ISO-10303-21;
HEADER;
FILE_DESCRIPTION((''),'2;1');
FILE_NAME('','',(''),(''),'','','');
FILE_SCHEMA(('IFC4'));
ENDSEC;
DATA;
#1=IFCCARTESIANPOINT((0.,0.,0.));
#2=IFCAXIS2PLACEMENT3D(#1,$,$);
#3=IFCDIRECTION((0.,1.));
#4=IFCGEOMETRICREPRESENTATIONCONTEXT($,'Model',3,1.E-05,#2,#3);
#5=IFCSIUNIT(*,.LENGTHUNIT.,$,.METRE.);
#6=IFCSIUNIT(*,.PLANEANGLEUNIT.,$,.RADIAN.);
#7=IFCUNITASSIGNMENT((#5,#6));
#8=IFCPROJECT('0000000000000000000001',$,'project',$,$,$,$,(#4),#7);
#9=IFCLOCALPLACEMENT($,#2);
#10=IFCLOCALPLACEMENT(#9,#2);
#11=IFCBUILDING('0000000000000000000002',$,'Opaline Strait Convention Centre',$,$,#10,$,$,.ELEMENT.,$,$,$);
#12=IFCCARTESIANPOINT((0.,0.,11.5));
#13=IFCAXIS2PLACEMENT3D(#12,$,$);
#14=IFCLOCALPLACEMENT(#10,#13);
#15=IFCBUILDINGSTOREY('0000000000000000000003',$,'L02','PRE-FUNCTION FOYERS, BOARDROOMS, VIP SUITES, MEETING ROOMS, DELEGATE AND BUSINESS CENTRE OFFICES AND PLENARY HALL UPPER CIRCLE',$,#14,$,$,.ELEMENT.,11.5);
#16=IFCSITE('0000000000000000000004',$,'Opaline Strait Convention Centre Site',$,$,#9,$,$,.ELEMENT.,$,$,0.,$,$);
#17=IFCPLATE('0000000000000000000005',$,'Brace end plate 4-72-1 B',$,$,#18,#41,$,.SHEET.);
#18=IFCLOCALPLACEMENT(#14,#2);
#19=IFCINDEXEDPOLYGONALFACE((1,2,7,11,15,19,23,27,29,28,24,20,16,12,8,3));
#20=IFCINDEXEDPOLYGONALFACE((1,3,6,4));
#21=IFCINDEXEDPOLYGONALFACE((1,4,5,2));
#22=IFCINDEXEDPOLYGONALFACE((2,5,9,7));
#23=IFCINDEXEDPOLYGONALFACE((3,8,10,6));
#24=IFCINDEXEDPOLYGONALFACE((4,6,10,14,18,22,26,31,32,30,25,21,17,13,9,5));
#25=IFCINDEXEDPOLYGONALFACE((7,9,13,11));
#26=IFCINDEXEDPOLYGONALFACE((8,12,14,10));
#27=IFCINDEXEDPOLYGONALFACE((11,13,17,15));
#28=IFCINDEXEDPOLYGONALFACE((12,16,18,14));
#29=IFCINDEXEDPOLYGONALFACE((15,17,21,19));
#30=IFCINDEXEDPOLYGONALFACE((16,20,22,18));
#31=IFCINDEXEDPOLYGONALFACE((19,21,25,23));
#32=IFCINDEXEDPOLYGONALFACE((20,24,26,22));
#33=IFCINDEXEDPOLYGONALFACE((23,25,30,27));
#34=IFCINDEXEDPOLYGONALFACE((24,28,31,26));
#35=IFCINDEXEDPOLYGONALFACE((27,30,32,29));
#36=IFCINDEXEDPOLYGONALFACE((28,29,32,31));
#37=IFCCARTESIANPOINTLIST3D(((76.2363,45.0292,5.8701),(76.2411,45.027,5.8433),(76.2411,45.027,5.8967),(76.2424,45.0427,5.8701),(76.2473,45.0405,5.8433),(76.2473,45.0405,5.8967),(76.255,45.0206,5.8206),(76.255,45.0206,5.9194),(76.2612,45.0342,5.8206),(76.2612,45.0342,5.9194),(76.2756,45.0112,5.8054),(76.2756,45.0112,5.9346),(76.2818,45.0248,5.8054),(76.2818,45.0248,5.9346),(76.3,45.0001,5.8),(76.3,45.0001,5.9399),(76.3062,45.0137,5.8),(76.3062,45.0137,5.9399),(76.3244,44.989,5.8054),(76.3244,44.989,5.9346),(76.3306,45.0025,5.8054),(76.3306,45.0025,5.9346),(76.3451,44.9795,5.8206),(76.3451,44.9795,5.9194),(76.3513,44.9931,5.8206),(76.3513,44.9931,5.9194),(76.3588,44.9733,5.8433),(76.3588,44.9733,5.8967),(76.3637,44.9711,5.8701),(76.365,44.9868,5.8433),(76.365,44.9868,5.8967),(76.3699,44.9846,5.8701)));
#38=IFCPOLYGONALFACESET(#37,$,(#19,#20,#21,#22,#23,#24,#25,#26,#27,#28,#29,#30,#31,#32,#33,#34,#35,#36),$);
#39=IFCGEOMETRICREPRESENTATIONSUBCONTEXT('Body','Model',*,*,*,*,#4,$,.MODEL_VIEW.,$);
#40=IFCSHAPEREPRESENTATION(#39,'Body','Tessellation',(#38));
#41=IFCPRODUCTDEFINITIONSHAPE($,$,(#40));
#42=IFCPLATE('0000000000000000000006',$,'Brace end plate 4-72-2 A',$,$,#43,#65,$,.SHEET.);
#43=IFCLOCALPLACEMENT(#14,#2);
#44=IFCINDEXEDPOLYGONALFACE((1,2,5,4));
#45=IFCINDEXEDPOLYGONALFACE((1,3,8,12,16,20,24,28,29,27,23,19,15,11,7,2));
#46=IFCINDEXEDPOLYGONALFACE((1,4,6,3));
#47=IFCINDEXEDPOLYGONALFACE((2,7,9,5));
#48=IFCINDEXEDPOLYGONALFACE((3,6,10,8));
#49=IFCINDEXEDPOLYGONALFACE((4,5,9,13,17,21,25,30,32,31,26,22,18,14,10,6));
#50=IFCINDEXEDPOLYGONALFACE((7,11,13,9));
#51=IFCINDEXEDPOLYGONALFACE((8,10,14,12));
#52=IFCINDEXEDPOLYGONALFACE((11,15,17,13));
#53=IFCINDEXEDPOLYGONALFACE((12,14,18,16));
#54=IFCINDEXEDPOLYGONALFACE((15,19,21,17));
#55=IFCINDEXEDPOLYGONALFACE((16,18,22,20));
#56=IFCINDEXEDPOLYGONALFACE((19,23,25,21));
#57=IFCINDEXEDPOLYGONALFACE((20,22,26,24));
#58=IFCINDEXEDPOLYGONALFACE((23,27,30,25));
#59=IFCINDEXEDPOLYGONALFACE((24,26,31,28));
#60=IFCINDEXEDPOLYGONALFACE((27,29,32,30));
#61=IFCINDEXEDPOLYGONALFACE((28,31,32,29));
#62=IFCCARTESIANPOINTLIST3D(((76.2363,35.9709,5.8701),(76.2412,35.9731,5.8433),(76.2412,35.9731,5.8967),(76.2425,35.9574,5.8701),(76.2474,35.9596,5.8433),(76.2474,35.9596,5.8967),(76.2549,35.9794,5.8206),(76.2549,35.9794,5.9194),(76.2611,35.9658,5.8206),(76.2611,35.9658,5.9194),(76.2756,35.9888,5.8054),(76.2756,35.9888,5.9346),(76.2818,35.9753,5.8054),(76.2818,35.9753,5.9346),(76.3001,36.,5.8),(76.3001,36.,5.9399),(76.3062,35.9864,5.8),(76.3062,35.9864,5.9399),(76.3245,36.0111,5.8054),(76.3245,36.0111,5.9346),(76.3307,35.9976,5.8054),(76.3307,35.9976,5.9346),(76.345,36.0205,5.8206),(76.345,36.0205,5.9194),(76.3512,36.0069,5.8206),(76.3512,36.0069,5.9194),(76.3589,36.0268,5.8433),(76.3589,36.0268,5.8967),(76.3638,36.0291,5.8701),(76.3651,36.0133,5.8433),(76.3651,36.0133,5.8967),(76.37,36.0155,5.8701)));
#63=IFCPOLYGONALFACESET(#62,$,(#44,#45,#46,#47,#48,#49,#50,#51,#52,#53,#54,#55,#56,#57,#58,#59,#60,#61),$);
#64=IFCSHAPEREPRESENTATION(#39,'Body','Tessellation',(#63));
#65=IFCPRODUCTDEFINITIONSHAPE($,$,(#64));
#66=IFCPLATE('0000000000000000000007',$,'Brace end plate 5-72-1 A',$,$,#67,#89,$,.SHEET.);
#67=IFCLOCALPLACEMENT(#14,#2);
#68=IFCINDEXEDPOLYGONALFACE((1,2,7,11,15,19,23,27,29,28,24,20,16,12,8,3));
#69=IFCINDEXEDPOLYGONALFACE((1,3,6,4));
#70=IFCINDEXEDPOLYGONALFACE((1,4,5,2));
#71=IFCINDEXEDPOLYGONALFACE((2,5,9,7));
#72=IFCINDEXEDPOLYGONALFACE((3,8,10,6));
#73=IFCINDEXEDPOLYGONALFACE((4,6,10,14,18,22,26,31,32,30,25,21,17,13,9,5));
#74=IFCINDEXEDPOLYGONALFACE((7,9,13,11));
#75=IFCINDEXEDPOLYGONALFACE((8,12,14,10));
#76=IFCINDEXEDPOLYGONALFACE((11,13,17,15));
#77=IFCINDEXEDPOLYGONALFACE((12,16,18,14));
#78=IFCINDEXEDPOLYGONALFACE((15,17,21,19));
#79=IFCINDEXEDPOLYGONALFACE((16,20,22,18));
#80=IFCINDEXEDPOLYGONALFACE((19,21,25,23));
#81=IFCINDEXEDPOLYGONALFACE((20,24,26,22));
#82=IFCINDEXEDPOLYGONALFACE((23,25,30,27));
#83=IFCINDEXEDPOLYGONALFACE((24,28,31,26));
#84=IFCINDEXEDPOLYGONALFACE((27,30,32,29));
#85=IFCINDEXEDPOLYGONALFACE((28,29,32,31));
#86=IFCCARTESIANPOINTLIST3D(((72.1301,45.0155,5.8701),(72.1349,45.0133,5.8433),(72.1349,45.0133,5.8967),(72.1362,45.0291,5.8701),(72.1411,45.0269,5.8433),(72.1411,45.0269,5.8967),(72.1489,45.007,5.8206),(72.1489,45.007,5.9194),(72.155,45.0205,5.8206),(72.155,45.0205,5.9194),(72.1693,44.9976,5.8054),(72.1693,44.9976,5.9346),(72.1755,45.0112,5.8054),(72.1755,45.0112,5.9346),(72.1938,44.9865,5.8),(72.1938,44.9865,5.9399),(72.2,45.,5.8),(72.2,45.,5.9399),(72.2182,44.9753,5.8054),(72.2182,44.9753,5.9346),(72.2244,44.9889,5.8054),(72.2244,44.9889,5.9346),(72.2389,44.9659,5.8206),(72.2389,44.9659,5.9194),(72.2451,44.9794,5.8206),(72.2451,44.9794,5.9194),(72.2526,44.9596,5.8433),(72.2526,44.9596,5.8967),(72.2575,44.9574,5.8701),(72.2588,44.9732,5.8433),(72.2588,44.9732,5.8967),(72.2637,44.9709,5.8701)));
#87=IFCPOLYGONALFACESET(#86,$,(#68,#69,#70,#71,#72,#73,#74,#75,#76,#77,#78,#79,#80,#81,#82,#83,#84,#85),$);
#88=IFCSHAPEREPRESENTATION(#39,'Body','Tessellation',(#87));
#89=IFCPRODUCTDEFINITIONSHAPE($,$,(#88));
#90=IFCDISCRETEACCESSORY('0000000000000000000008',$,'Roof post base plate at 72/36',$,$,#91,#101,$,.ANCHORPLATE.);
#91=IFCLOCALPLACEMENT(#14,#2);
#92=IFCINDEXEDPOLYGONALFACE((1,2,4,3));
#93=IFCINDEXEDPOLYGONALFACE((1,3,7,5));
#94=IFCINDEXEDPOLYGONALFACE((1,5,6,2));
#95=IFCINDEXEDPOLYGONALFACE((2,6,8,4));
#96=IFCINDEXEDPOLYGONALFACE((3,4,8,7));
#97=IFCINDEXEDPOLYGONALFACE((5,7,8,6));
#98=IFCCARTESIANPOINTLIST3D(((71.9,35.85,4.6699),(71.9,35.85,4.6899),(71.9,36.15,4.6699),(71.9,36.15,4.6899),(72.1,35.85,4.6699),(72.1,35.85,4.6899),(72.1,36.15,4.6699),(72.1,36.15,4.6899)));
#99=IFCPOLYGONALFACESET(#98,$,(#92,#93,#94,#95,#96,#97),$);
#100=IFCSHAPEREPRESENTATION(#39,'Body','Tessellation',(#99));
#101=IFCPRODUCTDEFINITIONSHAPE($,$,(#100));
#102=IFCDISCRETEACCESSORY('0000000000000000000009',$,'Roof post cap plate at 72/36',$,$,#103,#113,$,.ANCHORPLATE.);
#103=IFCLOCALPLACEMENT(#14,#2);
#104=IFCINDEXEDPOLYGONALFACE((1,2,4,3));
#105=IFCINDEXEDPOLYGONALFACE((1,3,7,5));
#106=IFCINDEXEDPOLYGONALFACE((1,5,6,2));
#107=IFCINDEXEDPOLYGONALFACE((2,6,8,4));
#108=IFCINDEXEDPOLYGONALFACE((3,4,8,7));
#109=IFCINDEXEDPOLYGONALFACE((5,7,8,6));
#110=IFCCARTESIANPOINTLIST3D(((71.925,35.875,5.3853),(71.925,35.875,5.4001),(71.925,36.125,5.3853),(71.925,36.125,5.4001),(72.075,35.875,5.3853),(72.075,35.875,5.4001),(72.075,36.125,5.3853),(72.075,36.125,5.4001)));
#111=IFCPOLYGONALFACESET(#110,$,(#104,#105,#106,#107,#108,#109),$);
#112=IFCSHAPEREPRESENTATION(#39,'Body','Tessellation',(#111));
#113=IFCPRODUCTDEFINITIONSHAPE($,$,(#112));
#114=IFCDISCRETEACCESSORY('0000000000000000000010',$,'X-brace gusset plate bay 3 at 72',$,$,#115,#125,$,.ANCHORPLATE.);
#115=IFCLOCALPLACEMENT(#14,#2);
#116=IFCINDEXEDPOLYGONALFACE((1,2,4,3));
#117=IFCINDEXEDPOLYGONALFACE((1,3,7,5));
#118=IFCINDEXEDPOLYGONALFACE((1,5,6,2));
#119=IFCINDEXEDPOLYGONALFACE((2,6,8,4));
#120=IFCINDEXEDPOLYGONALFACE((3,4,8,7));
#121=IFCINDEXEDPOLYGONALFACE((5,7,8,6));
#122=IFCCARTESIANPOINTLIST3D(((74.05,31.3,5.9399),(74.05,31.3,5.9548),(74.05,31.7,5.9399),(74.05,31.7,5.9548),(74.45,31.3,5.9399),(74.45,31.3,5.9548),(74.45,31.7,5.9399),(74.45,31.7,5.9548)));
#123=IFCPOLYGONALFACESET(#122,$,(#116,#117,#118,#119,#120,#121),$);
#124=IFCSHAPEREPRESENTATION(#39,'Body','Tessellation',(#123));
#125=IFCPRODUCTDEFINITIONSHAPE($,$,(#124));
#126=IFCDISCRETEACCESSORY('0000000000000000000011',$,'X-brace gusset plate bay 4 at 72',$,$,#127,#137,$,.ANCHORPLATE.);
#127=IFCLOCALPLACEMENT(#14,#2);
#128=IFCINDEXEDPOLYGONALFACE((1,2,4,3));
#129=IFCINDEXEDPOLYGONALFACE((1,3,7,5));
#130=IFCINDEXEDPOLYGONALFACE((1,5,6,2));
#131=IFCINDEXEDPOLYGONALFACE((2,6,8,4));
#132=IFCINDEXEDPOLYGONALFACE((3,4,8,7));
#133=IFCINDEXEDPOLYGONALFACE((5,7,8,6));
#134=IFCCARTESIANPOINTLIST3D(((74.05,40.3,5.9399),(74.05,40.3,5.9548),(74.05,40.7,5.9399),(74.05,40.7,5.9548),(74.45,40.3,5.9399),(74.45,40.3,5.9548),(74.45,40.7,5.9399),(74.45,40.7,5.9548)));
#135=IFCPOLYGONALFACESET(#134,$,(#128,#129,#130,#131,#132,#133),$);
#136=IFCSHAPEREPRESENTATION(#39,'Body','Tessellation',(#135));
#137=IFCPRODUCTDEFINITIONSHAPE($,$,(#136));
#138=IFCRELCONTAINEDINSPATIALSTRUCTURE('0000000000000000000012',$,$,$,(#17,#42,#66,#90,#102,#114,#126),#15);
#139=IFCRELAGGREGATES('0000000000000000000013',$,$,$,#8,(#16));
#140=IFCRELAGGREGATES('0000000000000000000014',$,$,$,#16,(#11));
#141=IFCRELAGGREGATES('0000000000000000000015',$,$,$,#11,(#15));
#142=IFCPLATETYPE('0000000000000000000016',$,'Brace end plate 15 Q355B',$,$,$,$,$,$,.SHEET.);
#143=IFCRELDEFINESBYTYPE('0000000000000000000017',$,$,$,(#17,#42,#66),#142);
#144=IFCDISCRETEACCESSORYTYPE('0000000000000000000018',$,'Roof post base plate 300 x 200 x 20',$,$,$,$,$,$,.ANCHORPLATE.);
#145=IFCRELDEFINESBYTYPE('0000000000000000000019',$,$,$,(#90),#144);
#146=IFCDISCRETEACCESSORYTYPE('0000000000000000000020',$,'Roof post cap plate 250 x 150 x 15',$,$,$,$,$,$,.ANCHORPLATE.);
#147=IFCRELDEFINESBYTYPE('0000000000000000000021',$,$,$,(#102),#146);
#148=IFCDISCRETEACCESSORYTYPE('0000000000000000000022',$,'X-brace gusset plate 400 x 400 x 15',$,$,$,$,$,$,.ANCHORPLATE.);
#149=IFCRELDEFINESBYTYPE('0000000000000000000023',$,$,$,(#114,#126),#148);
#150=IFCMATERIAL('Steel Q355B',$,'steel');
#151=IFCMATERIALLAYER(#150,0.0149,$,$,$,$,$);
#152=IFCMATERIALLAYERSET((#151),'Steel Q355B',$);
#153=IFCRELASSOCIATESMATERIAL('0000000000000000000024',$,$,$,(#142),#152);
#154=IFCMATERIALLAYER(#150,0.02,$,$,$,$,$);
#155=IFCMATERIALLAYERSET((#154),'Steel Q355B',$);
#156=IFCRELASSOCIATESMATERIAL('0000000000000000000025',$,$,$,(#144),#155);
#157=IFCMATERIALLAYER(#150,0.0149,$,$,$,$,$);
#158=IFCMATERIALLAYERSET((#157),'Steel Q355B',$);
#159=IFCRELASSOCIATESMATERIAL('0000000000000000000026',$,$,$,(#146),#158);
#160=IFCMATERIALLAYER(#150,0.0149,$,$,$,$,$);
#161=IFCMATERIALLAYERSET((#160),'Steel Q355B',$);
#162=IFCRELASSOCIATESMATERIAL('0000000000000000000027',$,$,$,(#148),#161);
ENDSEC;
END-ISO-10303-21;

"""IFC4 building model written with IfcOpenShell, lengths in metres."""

from ifc_helpers import new_model, si_unit, direction, frame, origin, origin_2d, place, context, subcontext, project, spatial, polyline, rectangle, outline, extrude, material, layer, layer_set, type_object, element, save


model = new_model("IFC4")

# Units and contexts
model_context = context("Model", 3, precision=1e-05, world=origin(), true_north=direction((0.0, 1.0)))
body_context = subcontext(model_context, "Body", "Model", "MODEL_VIEW")
ifc_project = project(units=[si_unit("LENGTHUNIT", "METRE"), si_unit("PLANEANGLEUNIT", "RADIAN")], contexts=[model_context])

# Site, building, storey
site_placement = place(None, origin())
site = spatial("IfcSite", under=ifc_project, at=site_placement, Name="Opaline Strait Convention Centre Site", CompositionType="ELEMENT", RefElevation=0.0)
building_placement = place(site_placement, origin())
building = spatial("IfcBuilding", under=site, at=building_placement, Name="Opaline Strait Convention Centre", CompositionType="ELEMENT")
storey_placement = place(building_placement, frame((0.0, 0.0, 11.5)))
storey = spatial("IfcBuildingStorey", under=building, at=storey_placement, Name="L02", Description="PRE-FUNCTION FOYERS, BOARDROOMS, VIP SUITES, MEETING ROOMS, DELEGATE AND BUSINESS CENTRE OFFICES AND PLENARY HALL UPPER CIRCLE", CompositionType="ELEMENT", Elevation=11.5)

# Shared definitions
ifc_material_1 = material(Name="Steel Q355B", Category="steel")

# Plates
ifc_layer_1 = layer(ifc_material_1, 0.0149)
ifc_layer_set_1 = layer_set([ifc_layer_1], Name="Steel Q355B")
plate_type = type_object("IfcPlateType", Name="Brace end plate 15 Q355B", PredefinedType="SHEET", material=ifc_layer_set_1)
plate_1_placement = place(storey_placement, frame((76.3699, 44.9846, 5.8701), z_axis=(0.414837, 0.909896, 0.0), x_axis=(-0.177911, 0.081112, -0.980698)))
element("IfcPlate", 1, at=plate_1_placement, inside=storey, type_object=plate_type, Name="Brace end plate 4-72-1 B", PredefinedType="SHEET", context=body_context, shape_type="SweptSolid", body=[
    extrude(outline(polyline([(0.0, 0.0), (0.0274, 0.0), (0.0526, 0.0103), (0.0719, 0.0297), (0.0824, 0.055), (0.0824, 0.0823), (0.072, 0.1074), (0.0527, 0.1269), (0.0274, 0.1374), (0.0002, 0.1373), (-0.025, 0.1268), (-0.0443, 0.1075), (-0.0548, 0.0823), (-0.0548, 0.0549), (-0.0444, 0.0297), (-0.0251, 0.0105), (0.0, 0.0)])), origin(), (0.0, 0.0, -1.0), 0.0149),
])
plate_2_placement = place(storey_placement, frame((76.3638, 36.0291, 5.8701), z_axis=(-0.415113, 0.90977, 0.0), x_axis=(-0.177886, -0.081166, -0.980698)))
element("IfcPlate", 2, at=plate_2_placement, inside=storey, type_object=plate_type, Name="Brace end plate 4-72-2 A", PredefinedType="SHEET", context=body_context, shape_type="SweptSolid", body=[
    extrude(outline(polyline([(0.0, 0.0), (0.0274, 0.0), (0.0526, 0.0106), (0.0719, 0.0297), (0.0824, 0.055), (0.0824, 0.0824), (0.072, 0.1076), (0.0527, 0.1269), (0.0274, 0.1374), (0.0002, 0.1373), (-0.025, 0.127), (-0.0443, 0.1076), (-0.0548, 0.0823), (-0.0548, 0.0549), (-0.0443, 0.0299), (-0.0251, 0.0105), (0.0, 0.0)])), origin(), (0.0, 0.0, -1.0), 0.0149),
])
plate_3_placement = place(storey_placement, frame((72.2637, 44.9709, 5.8701), z_axis=(0.415113, 0.90977, 0.0), x_axis=(-0.177886, 0.081166, -0.980698)))
element("IfcPlate", 3, at=plate_3_placement, inside=storey, type_object=plate_type, Name="Brace end plate 5-72-1 A", PredefinedType="SHEET", context=body_context, shape_type="SweptSolid", body=[
    extrude(outline(polyline([(0.0, 0.0), (0.0274, 0.0), (0.0526, 0.0103), (0.0719, 0.0297), (0.0824, 0.055), (0.0824, 0.0824), (0.072, 0.1074), (0.0527, 0.1269), (0.0274, 0.1374), (0.0002, 0.1373), (-0.025, 0.1268), (-0.0443, 0.1076), (-0.0548, 0.0823), (-0.0548, 0.0549), (-0.0444, 0.0297), (-0.0251, 0.0105), (0.0, 0.0)])), origin(), (0.0, 0.0, -1.0), 0.0149),
])

# Discrete accessories
ifc_layer_2 = layer(ifc_material_1, 0.02)
ifc_layer_set_2 = layer_set([ifc_layer_2], Name="Steel Q355B")
discrete_accessory_type_1 = type_object("IfcDiscreteAccessoryType", Name="Roof post base plate 300 x 200 x 20", PredefinedType="ANCHORPLATE", material=ifc_layer_set_2)
discrete_accessory_1_placement = place(storey_placement, frame((72.0, 36.0, 4.6699), z_axis=(0.0, 0.0, 1.0), x_axis=(1.0, 0.0, 0.0)))
element("IfcDiscreteAccessory", 4, at=discrete_accessory_1_placement, inside=storey, type_object=discrete_accessory_type_1, Name="Roof post base plate at 72/36", PredefinedType="ANCHORPLATE", context=body_context, shape_type="SweptSolid", body=[
    extrude(rectangle(XDim=0.2, YDim=0.3, at=origin_2d()), origin(), (0.0, 0.0, 1.0), 0.02),
])
ifc_layer_3 = layer(ifc_material_1, 0.0149)
ifc_layer_set_3 = layer_set([ifc_layer_3], Name="Steel Q355B")
discrete_accessory_type_2 = type_object("IfcDiscreteAccessoryType", Name="Roof post cap plate 250 x 150 x 15", PredefinedType="ANCHORPLATE", material=ifc_layer_set_3)
discrete_accessory_2_placement = place(storey_placement, frame((72.0, 36.0, 5.3853), z_axis=(0.0, 0.0, 1.0), x_axis=(1.0, 0.0, 0.0)))
element("IfcDiscreteAccessory", 5, at=discrete_accessory_2_placement, inside=storey, type_object=discrete_accessory_type_2, Name="Roof post cap plate at 72/36", PredefinedType="ANCHORPLATE", context=body_context, shape_type="SweptSolid", body=[
    extrude(rectangle(XDim=0.1499, YDim=0.25, at=origin_2d()), origin(), (0.0, 0.0, 1.0), 0.0149),
])
ifc_layer_4 = layer(ifc_material_1, 0.0149)
ifc_layer_set_4 = layer_set([ifc_layer_4], Name="Steel Q355B")
discrete_accessory_type_3 = type_object("IfcDiscreteAccessoryType", Name="X-brace gusset plate 400 x 400 x 15", PredefinedType="ANCHORPLATE", material=ifc_layer_set_4)
for number, where, z_axis, x_axis, name in (
    (6, (74.25, 31.5, 5.9399), (0.0, 0.0, 1.0), (1.0, 0.0, 0.0), "X-brace gusset plate bay 3 at 72"),
    (7, (74.25, 40.5, 5.9399), (0.0, 0.0, 1.0), (1.0, 0.0, 0.0), "X-brace gusset plate bay 4 at 72"),
):
    element("IfcDiscreteAccessory", number, at=place(storey_placement, frame(where, z_axis=z_axis, x_axis=x_axis)), inside=storey, type_object=discrete_accessory_type_3, Name=name, PredefinedType="ANCHORPLATE", context=body_context, shape_type="SweptSolid", body=[
        extrude(rectangle(XDim=0.3999, YDim=0.3999, at=origin_2d()), origin(), (0.0, 0.0, 1.0), 0.0149),
    ])

save(model, "model.ifc")
